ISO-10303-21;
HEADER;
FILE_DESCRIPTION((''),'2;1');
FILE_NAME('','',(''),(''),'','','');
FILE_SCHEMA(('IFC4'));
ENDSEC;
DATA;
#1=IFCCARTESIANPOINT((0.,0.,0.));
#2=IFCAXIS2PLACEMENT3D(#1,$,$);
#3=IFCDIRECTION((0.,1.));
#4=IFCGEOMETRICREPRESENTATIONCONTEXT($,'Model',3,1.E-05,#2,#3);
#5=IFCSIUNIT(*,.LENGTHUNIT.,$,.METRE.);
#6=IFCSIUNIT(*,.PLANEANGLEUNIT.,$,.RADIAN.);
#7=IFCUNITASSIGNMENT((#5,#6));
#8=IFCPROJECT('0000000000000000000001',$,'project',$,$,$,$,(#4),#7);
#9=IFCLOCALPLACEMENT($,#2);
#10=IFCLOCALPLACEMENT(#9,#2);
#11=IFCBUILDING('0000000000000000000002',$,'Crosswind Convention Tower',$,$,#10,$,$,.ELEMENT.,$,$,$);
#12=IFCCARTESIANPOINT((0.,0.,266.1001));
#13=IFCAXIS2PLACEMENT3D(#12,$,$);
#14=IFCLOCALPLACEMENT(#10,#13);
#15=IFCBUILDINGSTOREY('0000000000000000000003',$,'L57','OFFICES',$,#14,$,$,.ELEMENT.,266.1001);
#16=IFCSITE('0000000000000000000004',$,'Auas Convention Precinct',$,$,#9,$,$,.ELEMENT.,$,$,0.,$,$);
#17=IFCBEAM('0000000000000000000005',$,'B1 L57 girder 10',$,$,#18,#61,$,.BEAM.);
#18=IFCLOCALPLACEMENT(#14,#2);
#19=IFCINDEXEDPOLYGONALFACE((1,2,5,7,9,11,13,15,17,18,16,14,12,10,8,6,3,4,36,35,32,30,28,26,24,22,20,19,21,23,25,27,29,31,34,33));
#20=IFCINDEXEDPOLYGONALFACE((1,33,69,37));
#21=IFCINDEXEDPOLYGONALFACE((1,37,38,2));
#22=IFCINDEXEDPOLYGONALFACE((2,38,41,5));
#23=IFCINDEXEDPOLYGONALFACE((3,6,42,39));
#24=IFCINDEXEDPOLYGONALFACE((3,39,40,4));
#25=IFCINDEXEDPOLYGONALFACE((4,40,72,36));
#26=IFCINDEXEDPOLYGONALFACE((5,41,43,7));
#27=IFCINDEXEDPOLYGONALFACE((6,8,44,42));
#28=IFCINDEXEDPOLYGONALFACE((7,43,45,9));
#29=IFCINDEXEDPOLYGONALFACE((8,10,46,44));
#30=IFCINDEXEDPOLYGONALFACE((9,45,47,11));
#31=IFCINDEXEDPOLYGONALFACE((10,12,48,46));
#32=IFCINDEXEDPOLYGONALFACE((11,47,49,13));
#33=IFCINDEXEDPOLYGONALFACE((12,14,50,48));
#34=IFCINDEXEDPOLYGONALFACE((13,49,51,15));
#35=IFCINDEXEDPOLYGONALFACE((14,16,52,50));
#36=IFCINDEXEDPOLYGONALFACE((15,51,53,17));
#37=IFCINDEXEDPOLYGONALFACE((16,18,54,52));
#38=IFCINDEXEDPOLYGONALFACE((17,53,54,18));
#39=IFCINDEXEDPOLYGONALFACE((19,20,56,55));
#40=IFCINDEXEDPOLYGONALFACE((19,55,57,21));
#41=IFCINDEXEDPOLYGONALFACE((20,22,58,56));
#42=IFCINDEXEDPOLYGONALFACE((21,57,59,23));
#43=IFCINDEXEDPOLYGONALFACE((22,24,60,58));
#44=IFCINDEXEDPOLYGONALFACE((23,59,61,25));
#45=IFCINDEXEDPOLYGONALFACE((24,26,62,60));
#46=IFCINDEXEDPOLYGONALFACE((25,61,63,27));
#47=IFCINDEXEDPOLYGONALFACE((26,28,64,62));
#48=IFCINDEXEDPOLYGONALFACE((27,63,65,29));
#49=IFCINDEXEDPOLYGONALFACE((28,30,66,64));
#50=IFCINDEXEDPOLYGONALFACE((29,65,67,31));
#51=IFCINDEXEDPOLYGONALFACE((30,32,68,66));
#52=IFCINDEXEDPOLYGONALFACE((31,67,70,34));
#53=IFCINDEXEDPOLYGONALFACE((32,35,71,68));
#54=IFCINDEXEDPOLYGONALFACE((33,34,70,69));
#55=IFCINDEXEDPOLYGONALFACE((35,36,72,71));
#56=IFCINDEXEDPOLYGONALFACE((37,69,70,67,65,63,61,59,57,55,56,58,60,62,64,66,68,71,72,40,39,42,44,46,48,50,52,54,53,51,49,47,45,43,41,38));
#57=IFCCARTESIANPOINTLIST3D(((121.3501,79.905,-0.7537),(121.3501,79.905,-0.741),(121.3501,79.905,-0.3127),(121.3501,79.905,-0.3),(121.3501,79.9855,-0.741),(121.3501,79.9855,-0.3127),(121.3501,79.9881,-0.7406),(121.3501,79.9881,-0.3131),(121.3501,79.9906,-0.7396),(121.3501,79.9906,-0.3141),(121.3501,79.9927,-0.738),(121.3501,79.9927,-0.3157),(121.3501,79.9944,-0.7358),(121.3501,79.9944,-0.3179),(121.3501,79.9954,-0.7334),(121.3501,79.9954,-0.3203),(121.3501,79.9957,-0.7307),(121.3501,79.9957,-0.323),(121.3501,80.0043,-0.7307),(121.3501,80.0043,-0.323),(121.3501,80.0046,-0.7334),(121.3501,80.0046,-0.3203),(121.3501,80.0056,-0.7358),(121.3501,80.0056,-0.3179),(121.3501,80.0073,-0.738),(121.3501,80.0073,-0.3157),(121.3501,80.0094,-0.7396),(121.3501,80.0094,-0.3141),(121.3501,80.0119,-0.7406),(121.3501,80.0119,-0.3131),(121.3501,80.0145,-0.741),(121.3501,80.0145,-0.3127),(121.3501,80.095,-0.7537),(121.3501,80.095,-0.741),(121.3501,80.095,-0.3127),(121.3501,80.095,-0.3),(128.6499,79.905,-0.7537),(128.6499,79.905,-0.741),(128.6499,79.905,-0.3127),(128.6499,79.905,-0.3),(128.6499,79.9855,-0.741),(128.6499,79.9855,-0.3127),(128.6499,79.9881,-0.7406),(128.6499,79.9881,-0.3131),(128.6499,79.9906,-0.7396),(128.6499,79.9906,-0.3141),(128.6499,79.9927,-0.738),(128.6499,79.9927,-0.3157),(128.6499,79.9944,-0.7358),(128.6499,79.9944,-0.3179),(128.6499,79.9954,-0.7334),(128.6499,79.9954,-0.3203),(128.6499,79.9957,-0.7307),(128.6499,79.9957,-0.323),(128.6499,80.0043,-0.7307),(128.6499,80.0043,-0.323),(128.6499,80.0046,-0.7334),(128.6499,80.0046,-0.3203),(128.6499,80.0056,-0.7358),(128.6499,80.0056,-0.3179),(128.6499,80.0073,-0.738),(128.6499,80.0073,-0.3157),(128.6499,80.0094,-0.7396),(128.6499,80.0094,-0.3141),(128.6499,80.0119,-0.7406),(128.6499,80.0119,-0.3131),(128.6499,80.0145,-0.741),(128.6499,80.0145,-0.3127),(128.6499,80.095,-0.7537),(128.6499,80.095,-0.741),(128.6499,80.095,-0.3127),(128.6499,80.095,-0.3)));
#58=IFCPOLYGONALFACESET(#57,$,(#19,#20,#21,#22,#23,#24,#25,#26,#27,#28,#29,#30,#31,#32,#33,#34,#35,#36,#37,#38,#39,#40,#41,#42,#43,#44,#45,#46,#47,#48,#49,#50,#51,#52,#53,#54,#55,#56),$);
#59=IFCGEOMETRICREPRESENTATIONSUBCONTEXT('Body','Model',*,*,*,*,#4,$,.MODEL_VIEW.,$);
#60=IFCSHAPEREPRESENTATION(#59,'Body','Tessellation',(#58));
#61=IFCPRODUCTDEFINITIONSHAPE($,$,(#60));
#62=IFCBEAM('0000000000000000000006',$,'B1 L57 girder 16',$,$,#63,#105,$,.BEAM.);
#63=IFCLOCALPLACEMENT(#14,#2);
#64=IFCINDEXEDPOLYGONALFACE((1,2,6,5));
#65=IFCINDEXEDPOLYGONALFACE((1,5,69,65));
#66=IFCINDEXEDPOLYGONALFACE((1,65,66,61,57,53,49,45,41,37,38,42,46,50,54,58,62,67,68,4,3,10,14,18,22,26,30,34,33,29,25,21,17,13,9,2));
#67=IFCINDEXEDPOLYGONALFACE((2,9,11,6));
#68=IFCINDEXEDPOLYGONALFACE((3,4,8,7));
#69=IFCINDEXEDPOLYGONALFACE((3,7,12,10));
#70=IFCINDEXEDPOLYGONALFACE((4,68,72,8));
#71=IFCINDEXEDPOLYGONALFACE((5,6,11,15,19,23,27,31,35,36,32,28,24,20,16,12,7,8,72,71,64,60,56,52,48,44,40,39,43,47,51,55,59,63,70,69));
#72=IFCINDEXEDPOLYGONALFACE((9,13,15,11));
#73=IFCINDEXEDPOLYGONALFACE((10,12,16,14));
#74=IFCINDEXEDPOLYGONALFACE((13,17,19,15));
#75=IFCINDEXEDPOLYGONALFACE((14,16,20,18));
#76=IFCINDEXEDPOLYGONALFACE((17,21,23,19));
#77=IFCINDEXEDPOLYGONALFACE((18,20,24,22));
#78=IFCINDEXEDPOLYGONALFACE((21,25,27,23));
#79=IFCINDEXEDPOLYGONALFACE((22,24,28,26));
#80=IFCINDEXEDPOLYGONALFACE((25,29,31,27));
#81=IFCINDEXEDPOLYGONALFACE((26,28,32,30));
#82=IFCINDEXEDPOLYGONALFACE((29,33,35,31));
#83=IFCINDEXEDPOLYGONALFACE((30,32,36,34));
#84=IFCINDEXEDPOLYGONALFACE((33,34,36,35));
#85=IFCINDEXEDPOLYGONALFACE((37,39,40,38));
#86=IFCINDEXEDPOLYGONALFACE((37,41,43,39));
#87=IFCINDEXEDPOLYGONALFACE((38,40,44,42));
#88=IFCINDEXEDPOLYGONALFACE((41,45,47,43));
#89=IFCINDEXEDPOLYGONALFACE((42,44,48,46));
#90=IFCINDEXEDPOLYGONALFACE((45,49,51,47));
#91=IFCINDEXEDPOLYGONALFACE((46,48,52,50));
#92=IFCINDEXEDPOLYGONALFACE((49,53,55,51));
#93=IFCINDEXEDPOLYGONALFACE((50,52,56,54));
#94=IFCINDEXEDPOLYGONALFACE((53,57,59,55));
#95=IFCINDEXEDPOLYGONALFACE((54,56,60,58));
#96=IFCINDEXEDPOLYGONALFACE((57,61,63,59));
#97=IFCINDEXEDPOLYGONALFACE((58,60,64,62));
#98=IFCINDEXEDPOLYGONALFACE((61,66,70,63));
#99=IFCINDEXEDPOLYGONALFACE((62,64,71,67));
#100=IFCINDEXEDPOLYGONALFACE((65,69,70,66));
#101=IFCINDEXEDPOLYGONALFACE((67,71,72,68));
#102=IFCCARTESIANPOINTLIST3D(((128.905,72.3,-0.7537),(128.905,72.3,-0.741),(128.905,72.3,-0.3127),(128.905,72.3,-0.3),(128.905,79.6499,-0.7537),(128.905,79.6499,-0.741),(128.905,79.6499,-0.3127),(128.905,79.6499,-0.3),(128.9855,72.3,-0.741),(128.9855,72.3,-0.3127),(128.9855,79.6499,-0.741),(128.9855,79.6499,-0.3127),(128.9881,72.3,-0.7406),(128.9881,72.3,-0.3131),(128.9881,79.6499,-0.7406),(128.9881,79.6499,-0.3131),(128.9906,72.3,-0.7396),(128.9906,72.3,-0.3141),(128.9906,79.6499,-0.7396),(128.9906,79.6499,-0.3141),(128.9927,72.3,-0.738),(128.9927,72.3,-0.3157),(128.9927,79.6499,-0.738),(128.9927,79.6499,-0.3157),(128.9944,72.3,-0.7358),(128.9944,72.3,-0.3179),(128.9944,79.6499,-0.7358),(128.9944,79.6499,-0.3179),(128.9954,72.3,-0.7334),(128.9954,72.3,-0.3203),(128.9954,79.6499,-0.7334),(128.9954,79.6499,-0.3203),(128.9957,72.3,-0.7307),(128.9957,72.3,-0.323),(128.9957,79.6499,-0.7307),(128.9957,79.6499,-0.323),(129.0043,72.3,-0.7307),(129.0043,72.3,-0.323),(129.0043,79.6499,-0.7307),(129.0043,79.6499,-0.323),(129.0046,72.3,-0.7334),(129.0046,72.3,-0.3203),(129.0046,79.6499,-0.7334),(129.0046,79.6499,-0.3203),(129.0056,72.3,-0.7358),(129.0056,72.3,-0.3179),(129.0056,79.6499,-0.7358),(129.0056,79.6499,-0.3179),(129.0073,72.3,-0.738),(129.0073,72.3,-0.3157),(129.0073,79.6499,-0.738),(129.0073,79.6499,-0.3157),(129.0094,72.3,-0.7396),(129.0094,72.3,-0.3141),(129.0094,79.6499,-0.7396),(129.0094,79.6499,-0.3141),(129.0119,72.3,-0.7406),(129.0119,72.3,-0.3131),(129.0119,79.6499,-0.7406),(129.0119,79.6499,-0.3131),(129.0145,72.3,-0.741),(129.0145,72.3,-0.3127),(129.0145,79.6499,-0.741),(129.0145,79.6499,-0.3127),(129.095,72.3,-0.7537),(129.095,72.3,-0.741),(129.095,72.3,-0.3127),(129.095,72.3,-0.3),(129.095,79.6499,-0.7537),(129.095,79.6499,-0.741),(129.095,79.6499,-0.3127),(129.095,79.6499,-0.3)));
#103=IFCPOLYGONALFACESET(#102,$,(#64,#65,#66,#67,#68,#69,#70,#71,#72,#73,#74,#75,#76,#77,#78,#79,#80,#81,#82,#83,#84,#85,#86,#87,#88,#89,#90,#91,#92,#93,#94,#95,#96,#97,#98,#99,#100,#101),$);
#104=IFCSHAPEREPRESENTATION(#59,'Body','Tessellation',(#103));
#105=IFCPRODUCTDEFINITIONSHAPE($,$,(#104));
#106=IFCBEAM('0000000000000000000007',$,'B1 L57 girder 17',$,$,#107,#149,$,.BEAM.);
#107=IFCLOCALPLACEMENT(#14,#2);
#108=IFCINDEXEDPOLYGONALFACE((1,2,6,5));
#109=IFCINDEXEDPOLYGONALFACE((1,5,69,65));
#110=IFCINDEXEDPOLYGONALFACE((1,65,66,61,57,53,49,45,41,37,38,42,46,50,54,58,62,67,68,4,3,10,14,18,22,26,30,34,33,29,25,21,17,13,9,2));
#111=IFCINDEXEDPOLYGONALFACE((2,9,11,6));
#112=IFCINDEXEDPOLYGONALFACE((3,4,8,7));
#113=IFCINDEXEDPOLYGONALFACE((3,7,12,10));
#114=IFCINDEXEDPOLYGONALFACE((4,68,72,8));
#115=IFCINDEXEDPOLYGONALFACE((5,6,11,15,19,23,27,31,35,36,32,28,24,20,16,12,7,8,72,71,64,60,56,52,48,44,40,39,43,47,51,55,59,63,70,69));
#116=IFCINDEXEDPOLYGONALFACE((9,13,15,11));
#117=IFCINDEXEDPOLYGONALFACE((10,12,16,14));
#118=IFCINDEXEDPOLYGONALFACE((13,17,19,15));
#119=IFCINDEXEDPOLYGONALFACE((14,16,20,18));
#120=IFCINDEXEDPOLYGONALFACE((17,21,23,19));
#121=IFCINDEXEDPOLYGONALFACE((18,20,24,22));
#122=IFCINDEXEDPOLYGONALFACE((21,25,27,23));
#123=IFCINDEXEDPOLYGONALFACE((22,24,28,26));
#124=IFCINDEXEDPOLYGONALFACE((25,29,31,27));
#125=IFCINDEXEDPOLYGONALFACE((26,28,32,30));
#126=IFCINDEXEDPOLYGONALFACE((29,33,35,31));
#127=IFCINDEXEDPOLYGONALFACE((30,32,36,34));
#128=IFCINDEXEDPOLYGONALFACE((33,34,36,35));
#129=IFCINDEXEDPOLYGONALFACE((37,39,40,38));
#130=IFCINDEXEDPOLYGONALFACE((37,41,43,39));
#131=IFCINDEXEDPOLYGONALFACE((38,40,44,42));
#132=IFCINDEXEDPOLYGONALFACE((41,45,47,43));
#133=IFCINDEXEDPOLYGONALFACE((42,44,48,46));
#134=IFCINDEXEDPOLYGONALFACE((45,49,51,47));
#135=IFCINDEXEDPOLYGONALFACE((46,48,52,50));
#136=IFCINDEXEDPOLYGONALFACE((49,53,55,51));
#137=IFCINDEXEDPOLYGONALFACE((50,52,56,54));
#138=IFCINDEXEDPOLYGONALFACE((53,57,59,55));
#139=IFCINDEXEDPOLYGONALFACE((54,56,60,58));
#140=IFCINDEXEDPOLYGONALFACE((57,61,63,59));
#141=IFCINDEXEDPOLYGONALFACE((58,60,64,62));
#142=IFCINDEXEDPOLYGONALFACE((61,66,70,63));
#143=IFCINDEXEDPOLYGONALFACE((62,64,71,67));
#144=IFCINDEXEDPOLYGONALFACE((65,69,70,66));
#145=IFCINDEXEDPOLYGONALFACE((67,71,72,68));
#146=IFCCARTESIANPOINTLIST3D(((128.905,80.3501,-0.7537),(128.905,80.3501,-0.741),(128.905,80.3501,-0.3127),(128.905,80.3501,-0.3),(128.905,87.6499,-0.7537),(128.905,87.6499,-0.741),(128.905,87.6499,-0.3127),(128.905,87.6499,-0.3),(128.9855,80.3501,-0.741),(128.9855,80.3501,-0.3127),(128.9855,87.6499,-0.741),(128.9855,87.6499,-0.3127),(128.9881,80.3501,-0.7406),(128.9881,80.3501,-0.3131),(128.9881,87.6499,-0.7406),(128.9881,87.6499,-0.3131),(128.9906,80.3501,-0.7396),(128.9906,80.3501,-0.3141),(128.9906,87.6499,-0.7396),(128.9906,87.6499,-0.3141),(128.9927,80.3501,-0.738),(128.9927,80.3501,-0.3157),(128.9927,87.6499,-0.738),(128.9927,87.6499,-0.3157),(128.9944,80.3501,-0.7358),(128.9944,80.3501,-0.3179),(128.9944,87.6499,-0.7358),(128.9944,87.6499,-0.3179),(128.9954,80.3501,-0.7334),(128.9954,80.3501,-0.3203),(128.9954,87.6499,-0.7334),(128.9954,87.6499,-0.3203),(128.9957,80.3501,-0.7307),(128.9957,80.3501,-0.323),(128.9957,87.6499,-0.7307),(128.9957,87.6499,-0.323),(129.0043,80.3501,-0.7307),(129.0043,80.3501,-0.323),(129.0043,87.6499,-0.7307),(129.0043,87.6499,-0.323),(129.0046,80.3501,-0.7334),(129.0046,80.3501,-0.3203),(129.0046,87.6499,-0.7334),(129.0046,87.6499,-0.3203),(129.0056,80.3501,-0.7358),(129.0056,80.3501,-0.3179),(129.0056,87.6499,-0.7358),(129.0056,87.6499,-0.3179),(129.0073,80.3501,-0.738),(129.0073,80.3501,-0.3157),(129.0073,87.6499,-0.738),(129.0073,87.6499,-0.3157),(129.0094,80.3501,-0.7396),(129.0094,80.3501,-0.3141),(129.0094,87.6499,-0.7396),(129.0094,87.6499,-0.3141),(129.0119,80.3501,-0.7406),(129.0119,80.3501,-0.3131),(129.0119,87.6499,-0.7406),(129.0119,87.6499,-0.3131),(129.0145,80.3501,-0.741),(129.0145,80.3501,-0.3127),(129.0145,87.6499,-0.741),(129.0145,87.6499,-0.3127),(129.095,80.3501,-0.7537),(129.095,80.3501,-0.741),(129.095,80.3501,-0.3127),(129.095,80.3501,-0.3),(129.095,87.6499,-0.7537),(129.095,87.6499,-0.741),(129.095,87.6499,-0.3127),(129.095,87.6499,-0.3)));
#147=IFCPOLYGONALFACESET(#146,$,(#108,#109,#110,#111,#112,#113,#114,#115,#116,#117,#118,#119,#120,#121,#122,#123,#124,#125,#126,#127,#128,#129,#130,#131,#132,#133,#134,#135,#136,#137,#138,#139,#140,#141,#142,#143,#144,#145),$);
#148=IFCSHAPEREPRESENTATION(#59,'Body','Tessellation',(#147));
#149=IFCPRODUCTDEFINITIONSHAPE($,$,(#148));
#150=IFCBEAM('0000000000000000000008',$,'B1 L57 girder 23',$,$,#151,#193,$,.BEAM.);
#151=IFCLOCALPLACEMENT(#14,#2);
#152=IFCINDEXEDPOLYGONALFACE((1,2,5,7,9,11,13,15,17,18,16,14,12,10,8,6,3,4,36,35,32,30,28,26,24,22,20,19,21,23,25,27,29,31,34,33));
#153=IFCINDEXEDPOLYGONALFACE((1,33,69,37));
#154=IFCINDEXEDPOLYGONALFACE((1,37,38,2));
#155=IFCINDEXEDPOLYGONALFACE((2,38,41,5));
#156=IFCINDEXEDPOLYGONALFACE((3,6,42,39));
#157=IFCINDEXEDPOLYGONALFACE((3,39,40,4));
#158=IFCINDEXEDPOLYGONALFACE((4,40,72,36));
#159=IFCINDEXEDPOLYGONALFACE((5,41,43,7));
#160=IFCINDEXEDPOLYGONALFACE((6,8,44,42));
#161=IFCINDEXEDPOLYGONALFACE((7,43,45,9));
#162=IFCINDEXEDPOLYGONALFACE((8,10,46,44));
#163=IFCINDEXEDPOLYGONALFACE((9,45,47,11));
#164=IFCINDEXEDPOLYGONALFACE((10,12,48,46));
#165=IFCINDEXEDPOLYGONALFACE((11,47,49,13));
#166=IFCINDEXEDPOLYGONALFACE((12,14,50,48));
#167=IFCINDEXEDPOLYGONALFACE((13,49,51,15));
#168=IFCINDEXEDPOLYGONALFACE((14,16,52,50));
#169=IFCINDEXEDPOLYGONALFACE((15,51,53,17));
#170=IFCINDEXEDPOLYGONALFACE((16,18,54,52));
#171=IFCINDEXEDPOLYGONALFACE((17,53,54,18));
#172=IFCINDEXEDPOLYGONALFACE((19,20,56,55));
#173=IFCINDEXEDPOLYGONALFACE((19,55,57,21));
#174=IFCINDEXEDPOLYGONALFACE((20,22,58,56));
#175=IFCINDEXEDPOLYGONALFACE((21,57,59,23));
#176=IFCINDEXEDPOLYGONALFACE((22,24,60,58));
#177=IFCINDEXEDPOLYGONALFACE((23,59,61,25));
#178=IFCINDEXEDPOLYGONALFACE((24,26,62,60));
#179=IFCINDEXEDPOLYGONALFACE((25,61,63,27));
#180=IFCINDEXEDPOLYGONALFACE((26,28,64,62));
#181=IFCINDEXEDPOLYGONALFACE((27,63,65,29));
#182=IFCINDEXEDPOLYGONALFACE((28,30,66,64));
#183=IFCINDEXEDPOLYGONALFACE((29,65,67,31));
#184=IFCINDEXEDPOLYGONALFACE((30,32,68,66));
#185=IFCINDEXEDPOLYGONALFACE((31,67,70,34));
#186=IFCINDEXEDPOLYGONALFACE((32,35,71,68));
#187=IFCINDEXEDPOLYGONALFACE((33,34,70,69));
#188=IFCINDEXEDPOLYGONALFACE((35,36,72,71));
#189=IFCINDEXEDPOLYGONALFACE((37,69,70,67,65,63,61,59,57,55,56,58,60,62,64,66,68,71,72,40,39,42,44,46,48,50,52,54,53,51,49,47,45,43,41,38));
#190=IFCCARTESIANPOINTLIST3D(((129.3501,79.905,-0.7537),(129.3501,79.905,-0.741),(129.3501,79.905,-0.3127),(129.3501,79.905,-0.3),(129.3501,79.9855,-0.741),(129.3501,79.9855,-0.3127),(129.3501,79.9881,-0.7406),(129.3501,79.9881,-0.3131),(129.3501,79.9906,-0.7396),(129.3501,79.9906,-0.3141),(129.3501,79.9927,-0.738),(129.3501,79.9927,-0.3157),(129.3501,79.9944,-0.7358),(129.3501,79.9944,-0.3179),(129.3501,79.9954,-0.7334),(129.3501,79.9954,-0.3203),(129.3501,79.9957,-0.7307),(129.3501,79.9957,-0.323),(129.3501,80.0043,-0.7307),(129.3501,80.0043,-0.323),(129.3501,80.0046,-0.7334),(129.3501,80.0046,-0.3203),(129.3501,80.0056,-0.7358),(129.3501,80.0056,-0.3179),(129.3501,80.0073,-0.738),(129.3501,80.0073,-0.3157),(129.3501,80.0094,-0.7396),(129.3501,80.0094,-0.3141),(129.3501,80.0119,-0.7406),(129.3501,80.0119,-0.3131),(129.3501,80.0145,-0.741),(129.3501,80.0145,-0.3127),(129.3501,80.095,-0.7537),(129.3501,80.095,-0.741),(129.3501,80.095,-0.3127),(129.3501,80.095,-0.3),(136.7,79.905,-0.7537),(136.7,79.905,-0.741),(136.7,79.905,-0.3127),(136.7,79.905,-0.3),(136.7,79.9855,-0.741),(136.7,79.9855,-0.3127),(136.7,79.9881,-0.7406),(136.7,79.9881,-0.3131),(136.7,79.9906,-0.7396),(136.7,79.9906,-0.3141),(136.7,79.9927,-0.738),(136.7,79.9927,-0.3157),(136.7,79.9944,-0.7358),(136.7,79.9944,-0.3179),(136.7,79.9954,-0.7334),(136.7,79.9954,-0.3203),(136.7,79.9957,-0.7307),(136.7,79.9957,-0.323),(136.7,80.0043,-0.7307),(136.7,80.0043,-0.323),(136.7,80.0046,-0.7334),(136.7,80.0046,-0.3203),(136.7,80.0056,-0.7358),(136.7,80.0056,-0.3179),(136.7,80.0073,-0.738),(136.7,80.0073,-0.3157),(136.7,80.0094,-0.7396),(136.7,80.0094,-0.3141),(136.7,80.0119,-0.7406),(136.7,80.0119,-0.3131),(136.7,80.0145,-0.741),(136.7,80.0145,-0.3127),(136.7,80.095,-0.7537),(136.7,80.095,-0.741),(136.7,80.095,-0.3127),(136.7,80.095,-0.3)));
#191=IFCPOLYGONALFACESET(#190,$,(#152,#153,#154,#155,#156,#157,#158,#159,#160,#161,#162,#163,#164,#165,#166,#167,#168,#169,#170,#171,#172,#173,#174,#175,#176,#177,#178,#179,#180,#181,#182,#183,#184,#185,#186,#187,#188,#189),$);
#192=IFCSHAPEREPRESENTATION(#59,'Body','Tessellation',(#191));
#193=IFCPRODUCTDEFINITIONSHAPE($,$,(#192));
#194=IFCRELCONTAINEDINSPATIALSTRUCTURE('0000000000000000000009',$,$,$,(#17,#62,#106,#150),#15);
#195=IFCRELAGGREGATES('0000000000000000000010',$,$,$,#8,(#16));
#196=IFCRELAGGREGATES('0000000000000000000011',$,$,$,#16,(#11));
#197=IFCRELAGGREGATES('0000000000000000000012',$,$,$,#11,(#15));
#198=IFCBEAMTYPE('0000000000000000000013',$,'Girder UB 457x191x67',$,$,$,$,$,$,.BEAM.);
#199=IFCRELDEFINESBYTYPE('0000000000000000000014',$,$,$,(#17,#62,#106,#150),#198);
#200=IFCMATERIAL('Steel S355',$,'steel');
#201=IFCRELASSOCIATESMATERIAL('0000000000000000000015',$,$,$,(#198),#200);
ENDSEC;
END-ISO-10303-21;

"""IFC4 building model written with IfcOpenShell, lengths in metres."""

from ifc_helpers import new_model, si_unit, direction, frame, origin, origin_2d, place, context, subcontext, project, spatial, i_section, extrude, material, material_profile, profile_set, type_object, element, save


model = new_model("IFC4")

# Units and contexts
model_context = context("Model", 3, precision=1e-05, world=origin(), true_north=direction((0.0, 1.0)))
body_context = subcontext(model_context, "Body", "Model", "MODEL_VIEW")
ifc_project = project(units=[si_unit("LENGTHUNIT", "METRE"), si_unit("PLANEANGLEUNIT", "RADIAN")], contexts=[model_context])

# Site, building, storey
site_placement = place(None, origin())
site = spatial("IfcSite", under=ifc_project, at=site_placement, Name="Auas Convention Precinct", CompositionType="ELEMENT", RefElevation=0.0)
building_placement = place(site_placement, origin())
building = spatial("IfcBuilding", under=site, at=building_placement, Name="Crosswind Convention Tower", CompositionType="ELEMENT")
storey_placement = place(building_placement, frame((0.0, 0.0, 266.1001)))
storey = spatial("IfcBuildingStorey", under=building, at=storey_placement, Name="L57", Description="OFFICES", CompositionType="ELEMENT", Elevation=266.1001)

# Beams
ifc_material_1 = material(Name="Steel S355", Category="steel")
ifc_material_profile_1 = material_profile(ifc_material_1, i_section(OverallWidth=0.1899, OverallDepth=0.4536, WebThickness=0.0085, FlangeThickness=0.0127, FilletRadius=0.0103, at=origin_2d()), Name="UB 457x191x67")
ifc_profile_set_1 = profile_set([ifc_material_profile_1], Name="Steel S355")
beam_type_1 = type_object("IfcBeamType", Name="Girder UB 457x191x67", PredefinedType="BEAM", material=ifc_profile_set_1)
beam_1_placement = place(storey_placement, frame((121.3501, 80.0, -0.5269), z_axis=(1.0, 0.0, 0.0), x_axis=(0.0, 1.0, 0.0)))
element("IfcBeam", 1, at=beam_1_placement, inside=storey, type_object=beam_type_1, Name="B1 L57 girder 10", PredefinedType="BEAM", context=body_context, shape_type="SweptSolid", body=[
    extrude(i_section(OverallWidth=0.1899, OverallDepth=0.4536, WebThickness=0.0085, FlangeThickness=0.0127, FilletRadius=0.0103, at=origin_2d()), origin(), (0.0, 0.0, 1.0), 7.2998),
])
beam_2_placement = place(storey_placement, frame((129.0, 72.3, -0.5269), z_axis=(0.0, 1.0, 0.0), x_axis=(-1.0, 0.0, 0.0)))
element("IfcBeam", 2, at=beam_2_placement, inside=storey, type_object=beam_type_1, Name="B1 L57 girder 16", PredefinedType="BEAM", context=body_context, shape_type="SweptSolid", body=[
    extrude(i_section(OverallWidth=0.1899, OverallDepth=0.4536, WebThickness=0.0085, FlangeThickness=0.0127, FilletRadius=0.0103, at=origin_2d()), origin(), (0.0, 0.0, 1.0), 7.3499),
])
beam_3_placement = place(storey_placement, frame((129.0, 80.3501, -0.5269), z_axis=(0.0, 1.0, 0.0), x_axis=(-1.0, 0.0, 0.0)))
element("IfcBeam", 3, at=beam_3_placement, inside=storey, type_object=beam_type_1, Name="B1 L57 girder 17", PredefinedType="BEAM", context=body_context, shape_type="SweptSolid", body=[
    extrude(i_section(OverallWidth=0.1899, OverallDepth=0.4536, WebThickness=0.0085, FlangeThickness=0.0127, FilletRadius=0.0103, at=origin_2d()), origin(), (0.0, 0.0, 1.0), 7.2998),
])
beam_4_placement = place(storey_placement, frame((129.3501, 80.0, -0.5269), z_axis=(1.0, 0.0, 0.0), x_axis=(0.0, 1.0, 0.0)))
element("IfcBeam", 4, at=beam_4_placement, inside=storey, type_object=beam_type_1, Name="B1 L57 girder 23", PredefinedType="BEAM", context=body_context, shape_type="SweptSolid", body=[
    extrude(i_section(OverallWidth=0.1899, OverallDepth=0.4536, WebThickness=0.0085, FlangeThickness=0.0127, FilletRadius=0.0103, at=origin_2d()), origin(), (0.0, 0.0, 1.0), 7.3499),
])

save(model, "model.ifc")
